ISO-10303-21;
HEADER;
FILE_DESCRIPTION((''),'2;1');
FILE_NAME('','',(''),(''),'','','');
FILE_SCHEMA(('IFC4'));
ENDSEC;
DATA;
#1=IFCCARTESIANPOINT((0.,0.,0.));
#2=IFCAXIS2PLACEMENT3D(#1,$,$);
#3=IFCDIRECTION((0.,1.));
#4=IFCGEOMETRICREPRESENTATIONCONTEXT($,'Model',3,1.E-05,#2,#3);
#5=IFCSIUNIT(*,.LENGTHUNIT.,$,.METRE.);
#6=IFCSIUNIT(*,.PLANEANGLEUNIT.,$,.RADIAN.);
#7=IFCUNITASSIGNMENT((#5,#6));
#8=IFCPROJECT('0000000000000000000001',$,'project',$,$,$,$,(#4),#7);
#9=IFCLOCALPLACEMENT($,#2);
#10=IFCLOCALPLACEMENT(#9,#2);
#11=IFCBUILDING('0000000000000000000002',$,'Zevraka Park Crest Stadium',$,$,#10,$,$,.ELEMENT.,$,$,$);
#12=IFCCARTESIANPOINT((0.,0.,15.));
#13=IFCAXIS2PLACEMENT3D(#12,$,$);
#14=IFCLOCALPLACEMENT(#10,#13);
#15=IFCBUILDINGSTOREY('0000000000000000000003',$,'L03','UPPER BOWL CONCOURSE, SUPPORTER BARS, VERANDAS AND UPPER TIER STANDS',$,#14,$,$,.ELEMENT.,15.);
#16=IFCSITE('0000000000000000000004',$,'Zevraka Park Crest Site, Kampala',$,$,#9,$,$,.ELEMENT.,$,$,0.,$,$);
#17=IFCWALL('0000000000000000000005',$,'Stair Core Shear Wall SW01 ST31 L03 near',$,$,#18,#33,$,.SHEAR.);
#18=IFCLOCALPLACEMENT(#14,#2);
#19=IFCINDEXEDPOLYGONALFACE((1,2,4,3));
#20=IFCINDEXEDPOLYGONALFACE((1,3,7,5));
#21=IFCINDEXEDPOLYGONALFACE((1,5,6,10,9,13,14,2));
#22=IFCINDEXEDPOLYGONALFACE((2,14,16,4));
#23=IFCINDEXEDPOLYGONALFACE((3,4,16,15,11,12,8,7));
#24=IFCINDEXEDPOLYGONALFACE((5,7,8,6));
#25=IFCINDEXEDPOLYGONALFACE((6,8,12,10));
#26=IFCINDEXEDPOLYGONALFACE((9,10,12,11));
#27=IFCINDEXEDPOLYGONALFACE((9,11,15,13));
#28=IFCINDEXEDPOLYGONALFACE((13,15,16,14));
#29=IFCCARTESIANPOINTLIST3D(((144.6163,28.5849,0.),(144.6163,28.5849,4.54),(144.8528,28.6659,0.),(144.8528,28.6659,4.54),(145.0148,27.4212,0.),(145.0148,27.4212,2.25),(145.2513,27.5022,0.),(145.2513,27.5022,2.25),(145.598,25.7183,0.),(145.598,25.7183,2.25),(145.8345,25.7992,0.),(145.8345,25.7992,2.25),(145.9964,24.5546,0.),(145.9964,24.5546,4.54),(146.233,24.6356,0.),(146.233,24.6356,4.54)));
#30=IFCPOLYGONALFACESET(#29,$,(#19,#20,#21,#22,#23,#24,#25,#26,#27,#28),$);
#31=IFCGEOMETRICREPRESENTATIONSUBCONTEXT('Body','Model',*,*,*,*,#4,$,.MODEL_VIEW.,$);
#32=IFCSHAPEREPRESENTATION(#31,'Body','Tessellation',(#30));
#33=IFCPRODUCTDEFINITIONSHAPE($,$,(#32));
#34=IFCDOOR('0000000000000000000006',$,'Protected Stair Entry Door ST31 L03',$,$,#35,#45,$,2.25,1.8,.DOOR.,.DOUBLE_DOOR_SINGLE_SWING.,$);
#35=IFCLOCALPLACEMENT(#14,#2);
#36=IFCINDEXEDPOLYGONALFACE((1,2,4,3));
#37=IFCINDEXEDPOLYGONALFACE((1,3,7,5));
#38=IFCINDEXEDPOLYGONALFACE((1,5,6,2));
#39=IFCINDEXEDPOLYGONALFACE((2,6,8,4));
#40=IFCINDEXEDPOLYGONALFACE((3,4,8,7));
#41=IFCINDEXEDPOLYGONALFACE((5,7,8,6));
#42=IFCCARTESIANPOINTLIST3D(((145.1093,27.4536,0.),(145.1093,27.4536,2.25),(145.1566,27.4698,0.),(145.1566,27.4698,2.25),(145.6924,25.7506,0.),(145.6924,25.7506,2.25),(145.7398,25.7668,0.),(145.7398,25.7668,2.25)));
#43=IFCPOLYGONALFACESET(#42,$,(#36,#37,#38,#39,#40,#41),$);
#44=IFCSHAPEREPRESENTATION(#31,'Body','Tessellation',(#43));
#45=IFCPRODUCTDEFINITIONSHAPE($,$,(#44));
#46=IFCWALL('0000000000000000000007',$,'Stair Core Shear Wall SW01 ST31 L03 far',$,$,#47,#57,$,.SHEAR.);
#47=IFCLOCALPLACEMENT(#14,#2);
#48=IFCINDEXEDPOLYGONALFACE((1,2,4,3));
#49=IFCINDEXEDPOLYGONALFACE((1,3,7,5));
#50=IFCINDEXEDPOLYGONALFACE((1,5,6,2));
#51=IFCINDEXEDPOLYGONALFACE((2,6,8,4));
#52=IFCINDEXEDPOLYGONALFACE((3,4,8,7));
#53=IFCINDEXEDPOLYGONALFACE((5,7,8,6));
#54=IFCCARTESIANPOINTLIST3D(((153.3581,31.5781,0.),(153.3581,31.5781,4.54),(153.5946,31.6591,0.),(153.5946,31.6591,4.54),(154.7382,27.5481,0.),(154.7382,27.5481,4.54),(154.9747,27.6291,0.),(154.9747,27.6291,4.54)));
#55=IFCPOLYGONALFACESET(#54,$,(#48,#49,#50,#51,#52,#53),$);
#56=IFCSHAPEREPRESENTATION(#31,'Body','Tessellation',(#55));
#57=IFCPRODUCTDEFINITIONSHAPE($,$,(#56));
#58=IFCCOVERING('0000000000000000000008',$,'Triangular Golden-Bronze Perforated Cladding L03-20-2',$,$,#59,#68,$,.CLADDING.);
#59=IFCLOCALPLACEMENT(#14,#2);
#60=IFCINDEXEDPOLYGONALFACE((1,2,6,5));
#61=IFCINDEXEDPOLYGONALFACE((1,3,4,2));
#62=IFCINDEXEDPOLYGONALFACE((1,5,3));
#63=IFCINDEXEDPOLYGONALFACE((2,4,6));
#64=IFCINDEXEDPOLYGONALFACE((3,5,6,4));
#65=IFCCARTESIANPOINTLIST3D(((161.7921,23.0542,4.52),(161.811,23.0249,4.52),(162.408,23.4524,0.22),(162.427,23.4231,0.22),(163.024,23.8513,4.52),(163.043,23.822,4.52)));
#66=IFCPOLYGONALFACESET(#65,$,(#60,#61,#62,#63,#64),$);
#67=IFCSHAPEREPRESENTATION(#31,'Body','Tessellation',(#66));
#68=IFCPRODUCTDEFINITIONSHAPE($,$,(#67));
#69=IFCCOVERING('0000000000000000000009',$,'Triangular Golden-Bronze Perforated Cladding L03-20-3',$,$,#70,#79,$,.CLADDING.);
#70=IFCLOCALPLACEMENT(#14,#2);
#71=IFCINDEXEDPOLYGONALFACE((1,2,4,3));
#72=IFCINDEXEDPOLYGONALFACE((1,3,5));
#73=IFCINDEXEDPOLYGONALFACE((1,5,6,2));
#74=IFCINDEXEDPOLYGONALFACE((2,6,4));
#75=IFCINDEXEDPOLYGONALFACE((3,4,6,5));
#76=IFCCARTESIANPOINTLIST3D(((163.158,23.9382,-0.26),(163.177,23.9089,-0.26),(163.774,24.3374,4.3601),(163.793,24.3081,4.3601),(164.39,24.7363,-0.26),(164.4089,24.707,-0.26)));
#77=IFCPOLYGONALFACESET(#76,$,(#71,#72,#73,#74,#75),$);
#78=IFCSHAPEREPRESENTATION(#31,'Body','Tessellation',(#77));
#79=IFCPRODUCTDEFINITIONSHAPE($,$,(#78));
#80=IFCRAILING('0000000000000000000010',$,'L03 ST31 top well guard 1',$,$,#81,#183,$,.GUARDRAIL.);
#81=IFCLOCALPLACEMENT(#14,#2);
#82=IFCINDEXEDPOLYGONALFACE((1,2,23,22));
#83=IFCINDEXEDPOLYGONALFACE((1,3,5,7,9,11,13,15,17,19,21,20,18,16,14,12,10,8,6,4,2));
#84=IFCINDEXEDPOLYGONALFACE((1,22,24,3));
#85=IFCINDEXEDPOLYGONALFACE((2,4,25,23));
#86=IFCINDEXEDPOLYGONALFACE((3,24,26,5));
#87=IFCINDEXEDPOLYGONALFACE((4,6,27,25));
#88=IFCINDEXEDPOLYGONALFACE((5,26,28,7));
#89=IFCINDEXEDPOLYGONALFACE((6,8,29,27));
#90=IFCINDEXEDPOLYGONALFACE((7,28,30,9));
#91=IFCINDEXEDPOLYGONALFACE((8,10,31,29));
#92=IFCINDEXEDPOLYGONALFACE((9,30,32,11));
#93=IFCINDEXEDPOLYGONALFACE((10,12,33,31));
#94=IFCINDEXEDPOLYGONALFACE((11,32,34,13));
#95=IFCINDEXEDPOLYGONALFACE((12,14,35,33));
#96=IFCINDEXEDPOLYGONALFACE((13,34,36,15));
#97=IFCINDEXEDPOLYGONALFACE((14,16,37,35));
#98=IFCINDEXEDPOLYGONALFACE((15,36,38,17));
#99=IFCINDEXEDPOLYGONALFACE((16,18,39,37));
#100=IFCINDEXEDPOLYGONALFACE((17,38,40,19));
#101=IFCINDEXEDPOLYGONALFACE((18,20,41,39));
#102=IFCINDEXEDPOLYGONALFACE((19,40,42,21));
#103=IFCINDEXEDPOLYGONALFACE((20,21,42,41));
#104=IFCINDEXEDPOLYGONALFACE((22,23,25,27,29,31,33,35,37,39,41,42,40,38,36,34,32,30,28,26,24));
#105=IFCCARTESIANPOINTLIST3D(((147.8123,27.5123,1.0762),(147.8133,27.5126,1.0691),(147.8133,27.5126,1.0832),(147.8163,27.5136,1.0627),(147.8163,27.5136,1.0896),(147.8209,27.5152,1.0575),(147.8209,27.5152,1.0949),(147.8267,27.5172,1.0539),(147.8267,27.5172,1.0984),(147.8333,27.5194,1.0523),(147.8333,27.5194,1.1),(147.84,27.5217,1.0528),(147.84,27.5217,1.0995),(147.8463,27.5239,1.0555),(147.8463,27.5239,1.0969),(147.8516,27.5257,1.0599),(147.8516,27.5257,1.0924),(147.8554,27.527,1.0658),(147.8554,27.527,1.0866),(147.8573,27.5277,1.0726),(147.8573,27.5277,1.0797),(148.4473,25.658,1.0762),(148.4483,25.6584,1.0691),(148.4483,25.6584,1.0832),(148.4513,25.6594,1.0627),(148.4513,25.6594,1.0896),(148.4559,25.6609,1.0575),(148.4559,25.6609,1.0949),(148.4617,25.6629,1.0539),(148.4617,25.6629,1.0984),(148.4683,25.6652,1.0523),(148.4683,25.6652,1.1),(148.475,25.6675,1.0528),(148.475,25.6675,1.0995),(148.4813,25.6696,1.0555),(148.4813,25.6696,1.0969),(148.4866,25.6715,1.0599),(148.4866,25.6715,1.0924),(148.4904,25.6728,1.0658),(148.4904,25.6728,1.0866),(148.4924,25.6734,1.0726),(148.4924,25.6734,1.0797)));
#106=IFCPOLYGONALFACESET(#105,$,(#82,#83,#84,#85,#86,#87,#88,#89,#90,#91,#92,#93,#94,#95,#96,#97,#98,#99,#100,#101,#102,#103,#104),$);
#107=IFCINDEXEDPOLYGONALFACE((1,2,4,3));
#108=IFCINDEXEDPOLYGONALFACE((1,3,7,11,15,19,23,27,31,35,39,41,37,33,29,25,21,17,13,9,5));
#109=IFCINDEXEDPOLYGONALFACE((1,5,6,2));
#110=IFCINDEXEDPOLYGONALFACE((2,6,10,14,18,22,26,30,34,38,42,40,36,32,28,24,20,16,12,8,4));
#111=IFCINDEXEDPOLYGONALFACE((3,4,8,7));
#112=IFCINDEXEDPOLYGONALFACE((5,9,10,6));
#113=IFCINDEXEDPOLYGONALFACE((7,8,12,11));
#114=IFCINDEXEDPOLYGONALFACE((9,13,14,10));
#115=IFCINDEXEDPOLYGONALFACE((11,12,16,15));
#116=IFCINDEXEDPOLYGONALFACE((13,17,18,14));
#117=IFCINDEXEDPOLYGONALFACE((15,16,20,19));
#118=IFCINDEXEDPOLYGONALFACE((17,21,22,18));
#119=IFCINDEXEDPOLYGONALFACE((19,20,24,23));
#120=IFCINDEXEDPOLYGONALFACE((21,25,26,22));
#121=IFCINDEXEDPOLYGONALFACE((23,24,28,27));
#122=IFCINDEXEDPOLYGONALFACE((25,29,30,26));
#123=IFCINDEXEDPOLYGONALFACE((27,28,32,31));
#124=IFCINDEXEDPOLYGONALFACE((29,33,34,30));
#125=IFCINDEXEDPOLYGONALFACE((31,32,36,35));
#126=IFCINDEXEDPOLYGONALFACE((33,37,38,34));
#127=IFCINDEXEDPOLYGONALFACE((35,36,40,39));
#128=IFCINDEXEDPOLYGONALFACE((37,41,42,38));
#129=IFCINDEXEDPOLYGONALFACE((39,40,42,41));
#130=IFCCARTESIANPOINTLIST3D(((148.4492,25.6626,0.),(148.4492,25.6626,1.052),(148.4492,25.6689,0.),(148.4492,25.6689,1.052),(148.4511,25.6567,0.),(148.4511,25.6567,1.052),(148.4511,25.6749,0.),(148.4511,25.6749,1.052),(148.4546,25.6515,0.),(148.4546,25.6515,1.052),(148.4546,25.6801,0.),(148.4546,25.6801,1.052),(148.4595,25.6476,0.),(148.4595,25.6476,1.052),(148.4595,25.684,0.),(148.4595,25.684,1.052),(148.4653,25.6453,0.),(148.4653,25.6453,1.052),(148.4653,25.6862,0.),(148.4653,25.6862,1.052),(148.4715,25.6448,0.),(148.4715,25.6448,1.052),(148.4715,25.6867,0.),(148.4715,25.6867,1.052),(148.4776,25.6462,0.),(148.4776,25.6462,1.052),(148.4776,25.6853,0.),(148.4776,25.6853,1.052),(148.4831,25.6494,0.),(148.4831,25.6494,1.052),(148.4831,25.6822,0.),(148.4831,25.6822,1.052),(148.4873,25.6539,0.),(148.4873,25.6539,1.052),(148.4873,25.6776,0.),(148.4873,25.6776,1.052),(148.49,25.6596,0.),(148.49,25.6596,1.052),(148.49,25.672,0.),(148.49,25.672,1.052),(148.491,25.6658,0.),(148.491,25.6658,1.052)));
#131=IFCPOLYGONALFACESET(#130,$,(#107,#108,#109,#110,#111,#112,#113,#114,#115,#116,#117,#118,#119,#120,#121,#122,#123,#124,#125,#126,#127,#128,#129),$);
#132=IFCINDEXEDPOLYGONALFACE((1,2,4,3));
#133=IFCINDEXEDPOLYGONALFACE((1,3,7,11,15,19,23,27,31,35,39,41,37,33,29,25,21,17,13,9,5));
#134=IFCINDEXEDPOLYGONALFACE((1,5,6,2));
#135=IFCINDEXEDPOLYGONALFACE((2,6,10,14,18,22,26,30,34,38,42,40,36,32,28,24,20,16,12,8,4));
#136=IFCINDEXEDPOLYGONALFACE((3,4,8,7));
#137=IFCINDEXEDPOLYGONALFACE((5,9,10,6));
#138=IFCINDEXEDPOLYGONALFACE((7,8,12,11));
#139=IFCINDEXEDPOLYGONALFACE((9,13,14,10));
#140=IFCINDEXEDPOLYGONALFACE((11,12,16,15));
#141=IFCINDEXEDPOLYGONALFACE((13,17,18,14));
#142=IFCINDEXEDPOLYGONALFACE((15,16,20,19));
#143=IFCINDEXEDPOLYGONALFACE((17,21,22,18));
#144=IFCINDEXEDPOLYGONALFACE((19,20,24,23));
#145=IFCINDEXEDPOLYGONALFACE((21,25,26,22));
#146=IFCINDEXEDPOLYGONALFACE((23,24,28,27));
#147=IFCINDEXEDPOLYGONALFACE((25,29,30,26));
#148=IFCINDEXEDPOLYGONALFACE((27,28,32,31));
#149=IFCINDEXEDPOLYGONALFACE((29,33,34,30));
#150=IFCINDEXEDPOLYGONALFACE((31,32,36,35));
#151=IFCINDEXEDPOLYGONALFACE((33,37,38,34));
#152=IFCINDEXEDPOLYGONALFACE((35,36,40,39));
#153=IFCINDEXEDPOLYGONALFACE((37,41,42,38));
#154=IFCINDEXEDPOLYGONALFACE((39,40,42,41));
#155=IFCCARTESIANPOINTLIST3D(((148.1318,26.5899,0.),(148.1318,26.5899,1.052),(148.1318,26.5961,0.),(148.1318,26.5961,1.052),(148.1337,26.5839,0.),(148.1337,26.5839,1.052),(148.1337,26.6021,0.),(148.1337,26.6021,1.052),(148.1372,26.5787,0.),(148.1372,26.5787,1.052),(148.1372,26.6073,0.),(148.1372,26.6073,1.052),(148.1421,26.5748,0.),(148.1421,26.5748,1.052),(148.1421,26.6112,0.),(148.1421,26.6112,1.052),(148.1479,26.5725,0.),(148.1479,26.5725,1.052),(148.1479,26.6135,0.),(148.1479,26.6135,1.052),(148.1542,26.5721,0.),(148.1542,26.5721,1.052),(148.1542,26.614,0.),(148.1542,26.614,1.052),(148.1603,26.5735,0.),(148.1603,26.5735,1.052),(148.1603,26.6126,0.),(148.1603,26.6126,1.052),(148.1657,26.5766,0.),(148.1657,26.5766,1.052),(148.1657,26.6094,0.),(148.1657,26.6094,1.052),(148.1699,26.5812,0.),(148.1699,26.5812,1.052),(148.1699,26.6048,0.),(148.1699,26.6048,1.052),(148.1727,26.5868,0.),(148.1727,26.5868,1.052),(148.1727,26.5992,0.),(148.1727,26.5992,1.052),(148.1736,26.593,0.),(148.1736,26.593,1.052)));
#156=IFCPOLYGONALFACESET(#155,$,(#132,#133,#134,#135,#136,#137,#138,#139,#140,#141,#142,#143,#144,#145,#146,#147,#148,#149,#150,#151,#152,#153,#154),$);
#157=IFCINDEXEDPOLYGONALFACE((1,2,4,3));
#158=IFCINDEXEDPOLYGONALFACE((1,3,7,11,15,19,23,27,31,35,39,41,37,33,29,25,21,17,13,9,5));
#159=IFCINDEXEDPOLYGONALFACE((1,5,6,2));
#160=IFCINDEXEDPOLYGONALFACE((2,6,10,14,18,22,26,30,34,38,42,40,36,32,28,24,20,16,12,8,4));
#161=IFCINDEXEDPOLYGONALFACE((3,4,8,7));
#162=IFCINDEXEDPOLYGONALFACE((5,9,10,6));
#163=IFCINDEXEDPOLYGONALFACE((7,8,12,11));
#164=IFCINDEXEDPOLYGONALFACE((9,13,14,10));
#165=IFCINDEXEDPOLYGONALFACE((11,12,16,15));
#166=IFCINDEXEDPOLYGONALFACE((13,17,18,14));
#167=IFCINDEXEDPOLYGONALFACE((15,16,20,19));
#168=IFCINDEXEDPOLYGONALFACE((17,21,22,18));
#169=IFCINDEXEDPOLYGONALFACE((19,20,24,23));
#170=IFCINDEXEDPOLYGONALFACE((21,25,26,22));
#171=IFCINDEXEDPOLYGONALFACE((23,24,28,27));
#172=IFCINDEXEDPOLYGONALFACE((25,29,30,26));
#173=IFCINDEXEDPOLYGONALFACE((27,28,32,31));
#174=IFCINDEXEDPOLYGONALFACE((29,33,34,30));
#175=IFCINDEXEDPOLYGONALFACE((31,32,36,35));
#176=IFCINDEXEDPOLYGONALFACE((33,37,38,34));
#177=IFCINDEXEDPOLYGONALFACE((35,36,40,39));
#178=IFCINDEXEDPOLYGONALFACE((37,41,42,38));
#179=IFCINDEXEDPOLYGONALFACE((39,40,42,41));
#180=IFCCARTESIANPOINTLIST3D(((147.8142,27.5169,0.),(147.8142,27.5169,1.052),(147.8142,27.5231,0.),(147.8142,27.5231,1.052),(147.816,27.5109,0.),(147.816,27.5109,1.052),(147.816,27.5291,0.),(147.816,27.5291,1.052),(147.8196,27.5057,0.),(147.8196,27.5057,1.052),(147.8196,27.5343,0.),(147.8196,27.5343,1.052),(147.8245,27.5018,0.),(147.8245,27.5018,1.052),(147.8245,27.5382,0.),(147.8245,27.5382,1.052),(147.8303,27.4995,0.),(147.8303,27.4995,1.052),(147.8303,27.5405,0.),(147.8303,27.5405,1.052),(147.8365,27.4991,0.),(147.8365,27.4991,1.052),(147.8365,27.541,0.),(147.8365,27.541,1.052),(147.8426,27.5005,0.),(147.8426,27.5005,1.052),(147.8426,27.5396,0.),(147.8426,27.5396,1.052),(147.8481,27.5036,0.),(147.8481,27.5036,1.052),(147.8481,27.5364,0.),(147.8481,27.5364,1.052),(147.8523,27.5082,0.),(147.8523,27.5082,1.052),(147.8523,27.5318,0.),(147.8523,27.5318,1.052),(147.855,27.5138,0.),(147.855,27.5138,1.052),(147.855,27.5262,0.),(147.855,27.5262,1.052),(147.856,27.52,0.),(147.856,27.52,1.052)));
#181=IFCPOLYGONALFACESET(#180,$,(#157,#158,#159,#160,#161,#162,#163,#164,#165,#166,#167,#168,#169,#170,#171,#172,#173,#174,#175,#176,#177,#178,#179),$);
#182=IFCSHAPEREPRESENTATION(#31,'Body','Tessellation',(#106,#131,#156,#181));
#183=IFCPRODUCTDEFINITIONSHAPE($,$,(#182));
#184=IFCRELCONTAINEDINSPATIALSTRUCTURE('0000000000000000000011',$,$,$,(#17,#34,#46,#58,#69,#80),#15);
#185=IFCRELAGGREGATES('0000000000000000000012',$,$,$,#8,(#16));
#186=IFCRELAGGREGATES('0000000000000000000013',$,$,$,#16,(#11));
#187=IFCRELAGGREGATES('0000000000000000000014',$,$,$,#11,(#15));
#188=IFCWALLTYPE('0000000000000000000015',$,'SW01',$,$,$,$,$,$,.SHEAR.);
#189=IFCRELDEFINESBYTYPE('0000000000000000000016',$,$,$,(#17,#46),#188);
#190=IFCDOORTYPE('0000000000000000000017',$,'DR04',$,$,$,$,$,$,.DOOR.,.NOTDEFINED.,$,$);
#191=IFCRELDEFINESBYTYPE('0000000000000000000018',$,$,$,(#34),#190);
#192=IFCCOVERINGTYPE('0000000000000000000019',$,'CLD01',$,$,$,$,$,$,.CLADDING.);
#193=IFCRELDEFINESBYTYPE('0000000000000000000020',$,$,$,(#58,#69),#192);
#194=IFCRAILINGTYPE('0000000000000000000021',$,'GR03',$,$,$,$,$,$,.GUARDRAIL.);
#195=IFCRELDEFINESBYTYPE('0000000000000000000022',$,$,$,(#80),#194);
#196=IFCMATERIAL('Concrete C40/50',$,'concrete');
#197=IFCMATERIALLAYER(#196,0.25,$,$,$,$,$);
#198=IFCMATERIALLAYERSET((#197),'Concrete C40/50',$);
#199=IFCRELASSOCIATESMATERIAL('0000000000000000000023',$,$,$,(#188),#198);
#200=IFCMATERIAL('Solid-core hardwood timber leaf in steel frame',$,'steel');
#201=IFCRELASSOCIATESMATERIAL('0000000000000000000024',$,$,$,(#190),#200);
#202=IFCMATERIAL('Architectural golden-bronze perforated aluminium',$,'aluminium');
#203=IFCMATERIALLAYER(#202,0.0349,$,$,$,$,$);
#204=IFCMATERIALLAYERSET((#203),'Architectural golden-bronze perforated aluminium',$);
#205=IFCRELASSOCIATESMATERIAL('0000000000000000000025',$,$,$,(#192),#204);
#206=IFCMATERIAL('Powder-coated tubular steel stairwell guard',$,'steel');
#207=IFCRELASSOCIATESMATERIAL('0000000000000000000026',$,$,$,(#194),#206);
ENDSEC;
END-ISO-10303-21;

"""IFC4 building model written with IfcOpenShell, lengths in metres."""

from ifc_helpers import new_model, si_unit, direction, frame, frame_2d, origin, origin_2d, place, context, subcontext, project, spatial, polyline, rectangle, circle, outline, extrude, material, layer, layer_set, type_object, element, fill, save


model = new_model("IFC4")

# Units and contexts
model_context = context("Model", 3, precision=1e-05, world=origin(), true_north=direction((0.0, 1.0)))
body_context = subcontext(model_context, "Body", "Model", "MODEL_VIEW")
ifc_project = project(units=[si_unit("LENGTHUNIT", "METRE"), si_unit("PLANEANGLEUNIT", "RADIAN")], contexts=[model_context])

# Site, building, storey
site_placement = place(None, origin())
site = spatial("IfcSite", under=ifc_project, at=site_placement, Name="Zevraka Park Crest Site, Kampala", CompositionType="ELEMENT", RefElevation=0.0)
building_placement = place(site_placement, origin())
building = spatial("IfcBuilding", under=site, at=building_placement, Name="Zevraka Park Crest Stadium", CompositionType="ELEMENT")
storey_placement = place(building_placement, frame((0.0, 0.0, 15.0)))
storey = spatial("IfcBuildingStorey", under=building, at=storey_placement, Name="L03", Description="UPPER BOWL CONCOURSE, SUPPORTER BARS, VERANDAS AND UPPER TIER STANDS", CompositionType="ELEMENT", Elevation=15.0)

# Shared definitions
ifc_material_1 = material(Name="Concrete C40/50", Category="concrete")
ifc_layer_1 = layer(ifc_material_1, 0.25)
ifc_layer_set_1 = layer_set([ifc_layer_1], Name="Concrete C40/50")
wall_type = type_object("IfcWallType", Name="SW01", PredefinedType="SHEAR", material=ifc_layer_set_1)

# Wall, opening, door
wall_1_placement = place(storey_placement, frame((144.7346, 28.6252, 0.0), z_axis=(0.0, 0.0, 1.0), x_axis=(0.323971, -0.946067, 0.0)))
wall_1 = element("IfcWall", 1, at=wall_1_placement, inside=storey, type_object=wall_type, Name="Stair Core Shear Wall SW01 ST31 L03 near", PredefinedType="SHEAR", context=body_context, shape_type="SweptSolid", body=[
    extrude(rectangle(XDim=4.26, YDim=0.25, at=frame_2d((2.1299, 0.0))), origin(), (0.0, 0.0, 1.0), 4.54),
])
opening_placement = place(wall_1_placement, frame((1.23, 0.0, 0.0)))
opening = element("IfcOpeningElement", 2, at=opening_placement, cuts=wall_1, PredefinedType="OPENING", context=body_context, shape_type="SweptSolid", body=[
    extrude(rectangle(XDim=1.8, YDim=2.25, at=frame_2d((0.8999, 1.125))), frame((0.0, 0.135, 0.0), z_axis=(0.0, -1.0, 0.0), x_axis=(1.0, 0.0, 0.0)), (0.0, 0.0, 1.0), 0.27),
])
ifc_material_2 = material(Name="Solid-core hardwood timber leaf in steel frame", Category="steel")
door_type = type_object("IfcDoorType", Name="DR04", OperationType="NOTDEFINED", PredefinedType="DOOR", material=ifc_material_2)
door_placement = place(opening_placement, origin())
door = element("IfcDoor", 3, at=door_placement, inside=storey, type_object=door_type, Name="Protected Stair Entry Door ST31 L03", OperationType="DOUBLE_DOOR_SINGLE_SWING", OverallHeight=2.25, OverallWidth=1.8, PredefinedType="DOOR", context=body_context, shape_type="SweptSolid", body=[
    extrude(rectangle(XDim=1.8, YDim=2.25, at=frame_2d((0.8999, 1.125))), frame((0.0, 0.0249, 0.0), z_axis=(0.0, -1.0, 0.0), x_axis=(1.0, 0.0, 0.0)), (0.0, 0.0, 1.0), 0.05),
])
fill(opening, door)

# Wall
wall_2_placement = place(storey_placement, frame((154.8564, 27.5886, 0.0), z_axis=(0.0, 0.0, 1.0), x_axis=(-0.323989, 0.946061, 0.0)))
element("IfcWall", 4, at=wall_2_placement, inside=storey, type_object=wall_type, Name="Stair Core Shear Wall SW01 ST31 L03 far", PredefinedType="SHEAR", context=body_context, shape_type="SweptSolid", body=[
    extrude(rectangle(XDim=4.2598, YDim=0.25, at=frame_2d((2.1299, 0.0))), origin(), (0.0, 0.0, 1.0), 4.54),
])

# Coverings
ifc_material_3 = material(Name="Architectural golden-bronze perforated aluminium", Category="aluminium")
ifc_layer_2 = layer(ifc_material_3, 0.0349)
ifc_layer_set_2 = layer_set([ifc_layer_2], Name="Architectural golden-bronze perforated aluminium")
covering_type = type_object("IfcCoveringType", Name="CLD01", PredefinedType="CLADDING", material=ifc_layer_set_2)
covering_1_placement = place(storey_placement, frame((163.043, 23.822, 4.52), z_axis=(0.543244, -0.839575, 0.000072), x_axis=(-0.839575, -0.543244, 0.0)))
element("IfcCovering", 5, at=covering_1_placement, inside=storey, type_object=covering_type, Name="Triangular Golden-Bronze Perforated Cladding L03-20-2", PredefinedType="CLADDING", context=body_context, shape_type="SweptSolid", body=[
    extrude(outline(polyline([(0.0, 0.0), (1.4673, 0.0), (0.7339, 4.3), (0.0, 0.0)])), origin(), (0.0, 0.0, -1.0), 0.0349),
])
covering_2_placement = place(storey_placement, frame((163.177, 23.9089, -0.26), z_axis=(0.543713, -0.839271, 0.000022), x_axis=(0.839271, 0.543713, 0.0)))
element("IfcCovering", 6, at=covering_2_placement, inside=storey, type_object=covering_type, Name="Triangular Golden-Bronze Perforated Cladding L03-20-3", PredefinedType="CLADDING", context=body_context, shape_type="SweptSolid", body=[
    extrude(outline(polyline([(0.0, 0.0), (1.4679, 0.0), (0.734, 4.6201), (0.0, 0.0)])), origin(), (0.0, 0.0, -1.0), 0.0349),
])

# Railing
ifc_material_4 = material(Name="Powder-coated tubular steel stairwell guard", Category="steel")
railing_type_1 = type_object("IfcRailingType", Name="GR03", PredefinedType="GUARDRAIL", material=ifc_material_4)
railing_1_placement = place(storey_placement, frame((148.47, 25.6658, 0.0)))
element("IfcRailing", 7, at=railing_1_placement, inside=storey, type_object=railing_type_1, Name="L03 ST31 top well guard 1", PredefinedType="GUARDRAIL", context=body_context, shape_type="SweptSolid", body=[
    extrude(circle(Radius=0.0239, at=origin_2d()), frame((0.0, 0.0, 1.0762), z_axis=(-0.32399, 0.946061, 0.0), x_axis=(-0.946061, -0.32399, 0.0)), (0.0, 0.0, 1.0), 1.96),
    extrude(circle(Radius=0.021, at=origin_2d()), origin(), (0.0, 0.0, 1.0), 1.052),
    extrude(circle(Radius=0.021, at=origin_2d()), frame((-0.3174, 0.9272, 0.0)), (0.0, 0.0, 1.0), 1.052),
    extrude(circle(Radius=0.021, at=origin_2d()), frame((-0.635, 1.8542, 0.0)), (0.0, 0.0, 1.0), 1.052),
])

save(model, "model.ifc")
